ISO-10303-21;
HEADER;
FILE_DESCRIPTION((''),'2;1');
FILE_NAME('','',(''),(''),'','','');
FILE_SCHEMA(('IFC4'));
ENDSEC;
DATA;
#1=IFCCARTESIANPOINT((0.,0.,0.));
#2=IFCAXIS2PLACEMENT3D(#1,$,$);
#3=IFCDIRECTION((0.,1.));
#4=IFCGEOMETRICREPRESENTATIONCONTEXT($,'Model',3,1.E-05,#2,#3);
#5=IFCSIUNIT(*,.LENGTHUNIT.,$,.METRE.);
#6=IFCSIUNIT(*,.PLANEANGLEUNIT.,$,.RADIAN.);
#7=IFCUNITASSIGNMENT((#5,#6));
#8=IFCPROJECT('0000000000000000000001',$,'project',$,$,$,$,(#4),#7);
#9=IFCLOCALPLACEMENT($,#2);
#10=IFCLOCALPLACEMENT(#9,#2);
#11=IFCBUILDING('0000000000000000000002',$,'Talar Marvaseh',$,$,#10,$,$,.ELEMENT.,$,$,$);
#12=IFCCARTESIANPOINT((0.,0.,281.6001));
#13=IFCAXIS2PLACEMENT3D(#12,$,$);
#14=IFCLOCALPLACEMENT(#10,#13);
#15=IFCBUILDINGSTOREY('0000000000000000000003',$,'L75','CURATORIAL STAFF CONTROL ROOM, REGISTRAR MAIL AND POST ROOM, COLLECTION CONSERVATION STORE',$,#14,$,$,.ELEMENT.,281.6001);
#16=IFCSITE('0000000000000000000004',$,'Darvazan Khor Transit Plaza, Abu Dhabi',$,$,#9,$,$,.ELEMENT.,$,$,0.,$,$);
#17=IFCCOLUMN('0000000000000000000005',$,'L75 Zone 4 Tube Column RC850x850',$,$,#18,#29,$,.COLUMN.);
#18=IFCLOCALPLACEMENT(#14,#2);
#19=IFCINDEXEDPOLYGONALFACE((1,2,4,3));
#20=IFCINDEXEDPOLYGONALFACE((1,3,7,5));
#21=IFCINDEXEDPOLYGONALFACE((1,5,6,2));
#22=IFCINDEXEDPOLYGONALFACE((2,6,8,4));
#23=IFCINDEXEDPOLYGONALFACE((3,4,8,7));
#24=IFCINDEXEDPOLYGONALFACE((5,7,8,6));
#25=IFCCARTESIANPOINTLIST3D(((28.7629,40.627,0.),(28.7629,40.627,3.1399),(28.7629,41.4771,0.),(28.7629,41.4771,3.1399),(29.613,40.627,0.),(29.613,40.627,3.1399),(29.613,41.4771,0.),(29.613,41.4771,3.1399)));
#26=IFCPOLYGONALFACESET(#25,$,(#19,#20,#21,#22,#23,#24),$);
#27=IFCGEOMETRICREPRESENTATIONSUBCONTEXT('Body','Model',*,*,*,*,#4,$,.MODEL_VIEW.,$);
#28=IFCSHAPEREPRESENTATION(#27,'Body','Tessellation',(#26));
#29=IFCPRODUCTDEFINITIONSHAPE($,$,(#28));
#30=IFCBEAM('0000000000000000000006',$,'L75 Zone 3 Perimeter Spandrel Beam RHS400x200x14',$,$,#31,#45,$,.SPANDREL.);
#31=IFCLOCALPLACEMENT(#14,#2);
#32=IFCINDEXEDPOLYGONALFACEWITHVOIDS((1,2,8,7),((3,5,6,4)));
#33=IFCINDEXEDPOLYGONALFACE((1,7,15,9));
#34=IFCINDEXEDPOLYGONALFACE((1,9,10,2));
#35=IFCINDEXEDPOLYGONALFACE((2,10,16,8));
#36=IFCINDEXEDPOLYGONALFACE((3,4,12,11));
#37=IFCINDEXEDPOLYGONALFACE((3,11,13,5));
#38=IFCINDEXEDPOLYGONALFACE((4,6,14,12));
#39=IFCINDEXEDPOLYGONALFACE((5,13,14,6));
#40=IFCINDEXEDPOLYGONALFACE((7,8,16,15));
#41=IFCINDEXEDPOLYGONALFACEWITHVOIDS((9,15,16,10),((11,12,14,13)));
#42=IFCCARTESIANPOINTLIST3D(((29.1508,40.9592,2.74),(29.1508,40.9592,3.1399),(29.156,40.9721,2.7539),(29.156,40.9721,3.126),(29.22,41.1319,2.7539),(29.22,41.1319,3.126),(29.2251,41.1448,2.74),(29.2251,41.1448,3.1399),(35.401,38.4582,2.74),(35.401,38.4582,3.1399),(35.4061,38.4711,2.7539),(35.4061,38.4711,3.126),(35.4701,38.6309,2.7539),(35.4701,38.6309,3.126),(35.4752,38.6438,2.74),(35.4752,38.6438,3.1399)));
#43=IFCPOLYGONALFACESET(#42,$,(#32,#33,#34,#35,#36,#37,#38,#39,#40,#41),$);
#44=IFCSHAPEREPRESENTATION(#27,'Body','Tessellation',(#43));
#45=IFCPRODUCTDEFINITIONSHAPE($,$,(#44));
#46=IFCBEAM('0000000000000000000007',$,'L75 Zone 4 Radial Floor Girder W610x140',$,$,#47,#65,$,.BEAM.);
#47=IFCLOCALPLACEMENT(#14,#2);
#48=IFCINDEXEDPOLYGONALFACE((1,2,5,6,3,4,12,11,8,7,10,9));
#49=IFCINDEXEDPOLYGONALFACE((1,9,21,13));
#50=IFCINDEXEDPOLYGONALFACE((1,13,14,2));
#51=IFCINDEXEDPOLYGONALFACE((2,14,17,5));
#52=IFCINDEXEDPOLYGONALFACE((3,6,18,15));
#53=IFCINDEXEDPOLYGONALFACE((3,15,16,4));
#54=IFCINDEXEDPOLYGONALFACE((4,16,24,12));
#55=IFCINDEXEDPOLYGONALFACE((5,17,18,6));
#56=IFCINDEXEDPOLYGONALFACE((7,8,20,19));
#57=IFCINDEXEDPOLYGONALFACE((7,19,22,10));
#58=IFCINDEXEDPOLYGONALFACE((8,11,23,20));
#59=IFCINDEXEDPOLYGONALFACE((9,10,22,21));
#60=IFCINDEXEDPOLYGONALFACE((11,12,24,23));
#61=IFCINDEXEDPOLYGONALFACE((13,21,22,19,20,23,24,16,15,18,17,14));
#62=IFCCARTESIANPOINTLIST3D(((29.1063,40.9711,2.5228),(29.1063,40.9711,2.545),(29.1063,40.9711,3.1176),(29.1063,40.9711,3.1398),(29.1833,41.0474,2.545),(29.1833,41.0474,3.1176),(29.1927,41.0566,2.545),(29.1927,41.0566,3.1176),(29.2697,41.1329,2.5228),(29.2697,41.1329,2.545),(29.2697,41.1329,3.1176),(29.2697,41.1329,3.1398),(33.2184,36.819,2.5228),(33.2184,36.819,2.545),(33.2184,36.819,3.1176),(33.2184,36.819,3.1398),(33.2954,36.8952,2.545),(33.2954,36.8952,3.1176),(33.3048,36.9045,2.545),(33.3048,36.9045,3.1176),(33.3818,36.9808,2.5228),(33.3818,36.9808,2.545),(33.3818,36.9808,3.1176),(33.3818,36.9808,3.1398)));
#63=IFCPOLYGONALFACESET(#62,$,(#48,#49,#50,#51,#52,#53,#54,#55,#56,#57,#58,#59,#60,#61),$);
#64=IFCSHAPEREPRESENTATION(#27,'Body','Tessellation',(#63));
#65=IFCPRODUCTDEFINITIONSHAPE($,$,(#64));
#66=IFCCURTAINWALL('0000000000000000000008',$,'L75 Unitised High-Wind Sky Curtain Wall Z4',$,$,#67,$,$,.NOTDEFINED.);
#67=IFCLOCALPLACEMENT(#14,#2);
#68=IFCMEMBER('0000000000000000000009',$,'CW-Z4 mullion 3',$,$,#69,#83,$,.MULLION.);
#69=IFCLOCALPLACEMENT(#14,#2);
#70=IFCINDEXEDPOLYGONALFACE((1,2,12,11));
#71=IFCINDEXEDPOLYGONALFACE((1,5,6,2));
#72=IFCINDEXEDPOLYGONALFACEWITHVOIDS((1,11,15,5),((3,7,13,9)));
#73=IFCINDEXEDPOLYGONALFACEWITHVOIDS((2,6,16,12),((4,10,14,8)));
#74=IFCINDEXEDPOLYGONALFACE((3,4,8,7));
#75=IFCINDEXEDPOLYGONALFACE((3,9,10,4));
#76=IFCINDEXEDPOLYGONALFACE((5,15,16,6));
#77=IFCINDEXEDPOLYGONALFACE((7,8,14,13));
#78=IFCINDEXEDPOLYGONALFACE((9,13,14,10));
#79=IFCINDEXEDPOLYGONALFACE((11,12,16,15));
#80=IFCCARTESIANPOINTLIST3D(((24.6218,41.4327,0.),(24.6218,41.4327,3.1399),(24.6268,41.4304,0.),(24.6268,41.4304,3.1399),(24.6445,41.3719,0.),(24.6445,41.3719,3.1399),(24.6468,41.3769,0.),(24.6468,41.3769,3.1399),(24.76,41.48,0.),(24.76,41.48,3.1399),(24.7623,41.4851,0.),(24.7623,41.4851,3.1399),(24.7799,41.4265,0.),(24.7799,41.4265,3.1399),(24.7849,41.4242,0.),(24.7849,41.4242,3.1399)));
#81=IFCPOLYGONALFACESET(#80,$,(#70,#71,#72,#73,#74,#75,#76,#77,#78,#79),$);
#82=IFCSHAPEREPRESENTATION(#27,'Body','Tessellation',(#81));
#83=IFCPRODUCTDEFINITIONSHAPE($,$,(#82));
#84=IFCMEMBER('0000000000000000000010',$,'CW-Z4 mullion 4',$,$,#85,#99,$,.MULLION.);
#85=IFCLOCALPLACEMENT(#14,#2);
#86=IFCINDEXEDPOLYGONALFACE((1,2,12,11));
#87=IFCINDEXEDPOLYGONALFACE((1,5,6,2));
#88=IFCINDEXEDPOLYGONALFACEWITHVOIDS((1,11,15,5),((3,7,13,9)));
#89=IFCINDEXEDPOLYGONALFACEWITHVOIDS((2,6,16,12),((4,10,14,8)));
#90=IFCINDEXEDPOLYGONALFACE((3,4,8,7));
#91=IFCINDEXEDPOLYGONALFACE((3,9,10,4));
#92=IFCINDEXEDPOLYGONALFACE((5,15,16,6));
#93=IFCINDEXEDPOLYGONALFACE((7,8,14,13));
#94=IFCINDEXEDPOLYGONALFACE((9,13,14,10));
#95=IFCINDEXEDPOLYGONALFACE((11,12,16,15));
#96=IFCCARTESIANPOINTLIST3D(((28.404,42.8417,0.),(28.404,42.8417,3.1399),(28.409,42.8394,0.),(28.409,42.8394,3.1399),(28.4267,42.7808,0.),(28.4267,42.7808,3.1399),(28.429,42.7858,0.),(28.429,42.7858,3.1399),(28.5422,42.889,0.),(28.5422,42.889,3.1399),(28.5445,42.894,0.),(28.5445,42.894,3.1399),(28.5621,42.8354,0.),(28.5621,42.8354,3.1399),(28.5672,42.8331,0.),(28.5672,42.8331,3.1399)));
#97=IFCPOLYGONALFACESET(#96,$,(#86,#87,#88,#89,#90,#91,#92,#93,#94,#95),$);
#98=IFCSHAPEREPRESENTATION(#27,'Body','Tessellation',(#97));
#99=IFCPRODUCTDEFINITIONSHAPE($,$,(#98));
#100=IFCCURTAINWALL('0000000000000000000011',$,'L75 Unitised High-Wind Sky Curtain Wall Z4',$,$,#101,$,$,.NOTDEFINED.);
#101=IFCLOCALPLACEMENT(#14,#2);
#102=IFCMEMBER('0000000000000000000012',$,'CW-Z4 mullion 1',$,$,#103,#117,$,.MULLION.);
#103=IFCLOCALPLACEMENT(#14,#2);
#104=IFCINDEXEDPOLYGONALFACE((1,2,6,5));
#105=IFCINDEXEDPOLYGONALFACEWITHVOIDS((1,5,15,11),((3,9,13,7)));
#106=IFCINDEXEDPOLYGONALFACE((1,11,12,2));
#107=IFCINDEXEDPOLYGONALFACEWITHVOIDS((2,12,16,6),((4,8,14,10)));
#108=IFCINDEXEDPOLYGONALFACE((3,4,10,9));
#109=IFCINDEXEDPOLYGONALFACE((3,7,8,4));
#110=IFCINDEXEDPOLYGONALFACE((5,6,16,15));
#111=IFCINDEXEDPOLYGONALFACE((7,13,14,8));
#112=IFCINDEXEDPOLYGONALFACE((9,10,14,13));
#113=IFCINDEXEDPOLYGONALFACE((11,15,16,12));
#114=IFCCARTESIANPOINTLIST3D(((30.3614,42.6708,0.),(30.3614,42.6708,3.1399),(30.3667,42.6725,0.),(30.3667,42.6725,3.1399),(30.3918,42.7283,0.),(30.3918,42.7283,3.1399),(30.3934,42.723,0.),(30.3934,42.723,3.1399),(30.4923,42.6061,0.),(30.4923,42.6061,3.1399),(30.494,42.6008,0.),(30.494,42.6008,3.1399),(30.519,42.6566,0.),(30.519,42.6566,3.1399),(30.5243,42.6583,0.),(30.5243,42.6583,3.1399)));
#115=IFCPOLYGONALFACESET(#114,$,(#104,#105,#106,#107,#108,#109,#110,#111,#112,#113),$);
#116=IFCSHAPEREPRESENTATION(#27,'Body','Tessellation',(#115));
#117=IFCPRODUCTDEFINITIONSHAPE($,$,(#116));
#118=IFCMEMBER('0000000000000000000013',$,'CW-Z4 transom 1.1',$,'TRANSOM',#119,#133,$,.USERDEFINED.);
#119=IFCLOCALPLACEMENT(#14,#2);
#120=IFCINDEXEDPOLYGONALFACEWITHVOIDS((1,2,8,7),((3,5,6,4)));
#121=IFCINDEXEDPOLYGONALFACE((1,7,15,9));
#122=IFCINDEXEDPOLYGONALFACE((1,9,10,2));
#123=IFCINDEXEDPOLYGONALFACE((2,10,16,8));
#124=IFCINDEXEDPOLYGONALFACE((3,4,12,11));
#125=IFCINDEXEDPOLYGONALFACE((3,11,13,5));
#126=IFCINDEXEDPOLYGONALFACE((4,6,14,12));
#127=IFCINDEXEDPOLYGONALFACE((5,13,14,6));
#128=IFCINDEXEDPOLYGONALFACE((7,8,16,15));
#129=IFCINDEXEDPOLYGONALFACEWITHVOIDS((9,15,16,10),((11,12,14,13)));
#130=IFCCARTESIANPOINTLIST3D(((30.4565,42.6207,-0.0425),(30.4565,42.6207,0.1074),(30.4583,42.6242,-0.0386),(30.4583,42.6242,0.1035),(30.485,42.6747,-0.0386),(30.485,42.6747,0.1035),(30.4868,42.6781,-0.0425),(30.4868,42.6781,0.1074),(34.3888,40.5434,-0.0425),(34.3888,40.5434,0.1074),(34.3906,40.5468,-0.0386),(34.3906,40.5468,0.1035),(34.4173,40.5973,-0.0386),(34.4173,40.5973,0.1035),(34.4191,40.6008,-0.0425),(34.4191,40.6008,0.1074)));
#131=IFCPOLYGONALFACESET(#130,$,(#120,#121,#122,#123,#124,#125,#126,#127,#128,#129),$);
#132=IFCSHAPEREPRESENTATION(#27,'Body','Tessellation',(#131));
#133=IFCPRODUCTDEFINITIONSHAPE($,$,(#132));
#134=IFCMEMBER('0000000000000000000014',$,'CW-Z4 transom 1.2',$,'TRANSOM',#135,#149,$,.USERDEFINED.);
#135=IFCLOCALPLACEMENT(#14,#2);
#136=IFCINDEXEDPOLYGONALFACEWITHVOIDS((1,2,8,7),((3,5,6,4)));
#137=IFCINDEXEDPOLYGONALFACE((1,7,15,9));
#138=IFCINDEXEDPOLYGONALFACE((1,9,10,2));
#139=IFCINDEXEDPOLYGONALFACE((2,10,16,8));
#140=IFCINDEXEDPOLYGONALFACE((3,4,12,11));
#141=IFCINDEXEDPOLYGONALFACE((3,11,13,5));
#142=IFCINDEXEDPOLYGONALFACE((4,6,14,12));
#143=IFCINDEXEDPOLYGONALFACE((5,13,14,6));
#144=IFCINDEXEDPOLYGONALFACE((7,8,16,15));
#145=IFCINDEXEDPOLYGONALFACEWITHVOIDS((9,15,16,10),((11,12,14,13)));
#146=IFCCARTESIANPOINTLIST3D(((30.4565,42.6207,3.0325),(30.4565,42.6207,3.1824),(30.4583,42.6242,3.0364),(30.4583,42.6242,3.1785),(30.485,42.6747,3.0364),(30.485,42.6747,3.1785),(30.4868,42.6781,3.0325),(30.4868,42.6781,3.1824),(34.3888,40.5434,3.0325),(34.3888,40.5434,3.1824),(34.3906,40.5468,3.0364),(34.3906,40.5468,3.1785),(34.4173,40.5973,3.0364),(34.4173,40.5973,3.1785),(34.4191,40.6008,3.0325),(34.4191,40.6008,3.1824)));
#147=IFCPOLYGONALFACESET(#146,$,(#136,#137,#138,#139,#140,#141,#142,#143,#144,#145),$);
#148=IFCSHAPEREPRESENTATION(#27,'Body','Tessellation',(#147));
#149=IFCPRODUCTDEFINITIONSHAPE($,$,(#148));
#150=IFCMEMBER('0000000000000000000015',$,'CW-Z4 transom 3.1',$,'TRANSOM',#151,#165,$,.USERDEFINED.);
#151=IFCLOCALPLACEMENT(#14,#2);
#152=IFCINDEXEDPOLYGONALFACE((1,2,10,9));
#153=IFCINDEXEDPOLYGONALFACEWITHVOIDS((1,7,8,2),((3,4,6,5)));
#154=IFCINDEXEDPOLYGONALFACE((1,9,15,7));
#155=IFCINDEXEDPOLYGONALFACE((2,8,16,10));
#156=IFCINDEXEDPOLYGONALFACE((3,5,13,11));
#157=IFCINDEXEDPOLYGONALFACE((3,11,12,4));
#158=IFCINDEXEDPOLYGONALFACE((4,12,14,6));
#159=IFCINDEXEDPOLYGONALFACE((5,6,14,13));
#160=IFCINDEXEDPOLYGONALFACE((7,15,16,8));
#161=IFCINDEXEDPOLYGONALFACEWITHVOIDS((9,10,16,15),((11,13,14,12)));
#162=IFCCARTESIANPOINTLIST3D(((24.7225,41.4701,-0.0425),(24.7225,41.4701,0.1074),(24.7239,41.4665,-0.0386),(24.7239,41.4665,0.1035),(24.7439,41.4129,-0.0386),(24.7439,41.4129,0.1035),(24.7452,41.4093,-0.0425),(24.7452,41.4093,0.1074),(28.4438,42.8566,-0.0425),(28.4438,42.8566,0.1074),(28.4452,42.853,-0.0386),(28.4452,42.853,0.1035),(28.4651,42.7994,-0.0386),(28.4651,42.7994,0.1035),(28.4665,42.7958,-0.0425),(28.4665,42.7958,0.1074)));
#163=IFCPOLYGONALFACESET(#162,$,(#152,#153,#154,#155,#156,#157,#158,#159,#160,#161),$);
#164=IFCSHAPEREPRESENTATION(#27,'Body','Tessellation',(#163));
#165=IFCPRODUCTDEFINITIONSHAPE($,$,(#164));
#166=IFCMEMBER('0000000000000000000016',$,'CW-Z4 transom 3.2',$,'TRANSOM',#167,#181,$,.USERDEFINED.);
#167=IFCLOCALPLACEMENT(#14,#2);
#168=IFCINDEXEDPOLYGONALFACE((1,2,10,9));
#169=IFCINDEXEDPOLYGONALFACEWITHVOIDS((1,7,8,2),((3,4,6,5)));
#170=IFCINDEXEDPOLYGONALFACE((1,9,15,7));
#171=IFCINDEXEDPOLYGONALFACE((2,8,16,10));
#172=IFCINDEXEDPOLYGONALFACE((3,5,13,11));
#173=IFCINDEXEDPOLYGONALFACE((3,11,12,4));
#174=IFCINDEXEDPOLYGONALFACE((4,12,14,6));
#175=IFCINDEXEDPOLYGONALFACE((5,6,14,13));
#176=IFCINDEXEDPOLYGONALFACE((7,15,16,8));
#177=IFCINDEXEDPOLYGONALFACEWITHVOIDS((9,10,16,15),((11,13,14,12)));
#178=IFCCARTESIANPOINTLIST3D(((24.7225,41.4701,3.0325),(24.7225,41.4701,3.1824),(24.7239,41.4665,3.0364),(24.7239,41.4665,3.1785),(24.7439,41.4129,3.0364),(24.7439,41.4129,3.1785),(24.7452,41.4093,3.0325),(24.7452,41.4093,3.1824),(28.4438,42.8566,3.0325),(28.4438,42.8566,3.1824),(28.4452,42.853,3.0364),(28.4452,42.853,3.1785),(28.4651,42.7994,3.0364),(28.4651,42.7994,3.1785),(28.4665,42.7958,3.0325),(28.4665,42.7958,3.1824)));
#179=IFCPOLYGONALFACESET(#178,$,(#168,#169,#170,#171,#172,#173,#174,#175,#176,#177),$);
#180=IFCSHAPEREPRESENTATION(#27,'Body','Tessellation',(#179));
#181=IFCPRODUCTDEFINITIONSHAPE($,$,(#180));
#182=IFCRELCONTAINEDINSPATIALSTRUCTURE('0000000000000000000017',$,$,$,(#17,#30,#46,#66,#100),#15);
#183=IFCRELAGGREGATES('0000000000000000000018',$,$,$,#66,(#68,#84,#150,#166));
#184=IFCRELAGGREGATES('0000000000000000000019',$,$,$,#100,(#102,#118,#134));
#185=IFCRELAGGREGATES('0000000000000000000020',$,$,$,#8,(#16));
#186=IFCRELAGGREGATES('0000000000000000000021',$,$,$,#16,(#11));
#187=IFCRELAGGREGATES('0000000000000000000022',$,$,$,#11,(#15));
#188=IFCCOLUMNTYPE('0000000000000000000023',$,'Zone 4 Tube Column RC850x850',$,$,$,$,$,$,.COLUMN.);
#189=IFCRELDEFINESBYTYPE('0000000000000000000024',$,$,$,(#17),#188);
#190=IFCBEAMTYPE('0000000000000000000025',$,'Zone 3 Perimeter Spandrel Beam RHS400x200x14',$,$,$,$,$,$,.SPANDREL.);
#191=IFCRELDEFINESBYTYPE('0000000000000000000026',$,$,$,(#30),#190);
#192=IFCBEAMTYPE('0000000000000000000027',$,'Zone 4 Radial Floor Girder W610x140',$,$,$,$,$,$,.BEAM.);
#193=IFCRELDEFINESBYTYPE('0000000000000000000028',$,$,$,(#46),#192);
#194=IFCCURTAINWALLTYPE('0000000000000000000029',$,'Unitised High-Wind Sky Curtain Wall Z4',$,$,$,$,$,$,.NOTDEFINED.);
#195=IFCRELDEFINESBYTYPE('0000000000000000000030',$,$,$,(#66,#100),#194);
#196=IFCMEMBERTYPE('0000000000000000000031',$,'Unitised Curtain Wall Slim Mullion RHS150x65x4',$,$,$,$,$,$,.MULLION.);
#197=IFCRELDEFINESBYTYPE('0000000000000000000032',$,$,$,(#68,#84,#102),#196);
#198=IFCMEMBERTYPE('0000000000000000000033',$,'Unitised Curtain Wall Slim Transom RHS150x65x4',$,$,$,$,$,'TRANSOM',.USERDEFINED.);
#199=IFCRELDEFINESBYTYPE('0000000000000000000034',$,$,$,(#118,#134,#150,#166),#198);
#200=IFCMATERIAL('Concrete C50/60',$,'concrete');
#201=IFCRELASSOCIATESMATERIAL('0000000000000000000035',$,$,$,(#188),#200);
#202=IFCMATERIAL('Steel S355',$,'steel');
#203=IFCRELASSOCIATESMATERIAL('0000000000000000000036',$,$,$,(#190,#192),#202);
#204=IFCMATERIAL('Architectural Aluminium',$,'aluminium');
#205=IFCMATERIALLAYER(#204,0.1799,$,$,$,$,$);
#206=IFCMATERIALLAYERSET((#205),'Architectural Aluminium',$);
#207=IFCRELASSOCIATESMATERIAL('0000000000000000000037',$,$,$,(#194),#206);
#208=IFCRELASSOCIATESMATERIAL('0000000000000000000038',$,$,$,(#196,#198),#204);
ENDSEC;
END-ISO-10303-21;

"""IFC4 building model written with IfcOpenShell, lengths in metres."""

from ifc_helpers import new_model, si_unit, direction, frame, origin, origin_2d, place, context, subcontext, project, spatial, rectangle, hollow_rectangle, i_section, extrude, source, transform, mapped, material, layer, layer_set, material_profile, profile_set, type_object, type_shapes, element, aggregate, save


model = new_model("IFC4")

# Units and contexts
model_context = context("Model", 3, precision=1e-05, world=origin(), true_north=direction((0.0, 1.0)))
body_context = subcontext(model_context, "Body", "Model", "MODEL_VIEW")
ifc_project = project(units=[si_unit("LENGTHUNIT", "METRE"), si_unit("PLANEANGLEUNIT", "RADIAN")], contexts=[model_context])

# Site, building, storey
site_placement = place(None, origin())
site = spatial("IfcSite", under=ifc_project, at=site_placement, Name="Darvazan Khor Transit Plaza, Abu Dhabi", CompositionType="ELEMENT", RefElevation=0.0)
building_placement = place(site_placement, origin())
building = spatial("IfcBuilding", under=site, at=building_placement, Name="Talar Marvaseh", CompositionType="ELEMENT")
storey_placement = place(building_placement, frame((0.0, 0.0, 281.6001)))
storey = spatial("IfcBuildingStorey", under=building, at=storey_placement, Name="L75", Description="CURATORIAL STAFF CONTROL ROOM, REGISTRAR MAIL AND POST ROOM, COLLECTION CONSERVATION STORE", CompositionType="ELEMENT", Elevation=281.6001)

# Column
ifc_material_1 = material(Name="Concrete C50/60", Category="concrete")
ifc_material_profile_1 = material_profile(ifc_material_1, rectangle(XDim=0.8501, YDim=0.8501, at=origin_2d()), Name="RC850x850")
ifc_profile_set_1 = profile_set([ifc_material_profile_1], Name="Concrete C50/60")
column_type = type_object("IfcColumnType", Name="Zone 4 Tube Column RC850x850", PredefinedType="COLUMN", material=ifc_profile_set_1)
column_placement = place(storey_placement, frame((29.188, 41.052, 0.0), z_axis=(0.0, 0.0, 1.0), x_axis=(1.0, 0.0, 0.0)))
element("IfcColumn", 1, at=column_placement, inside=storey, type_object=column_type, Name="L75 Zone 4 Tube Column RC850x850", PredefinedType="COLUMN", context=body_context, shape_type="SweptSolid", body=[
    extrude(rectangle(XDim=0.8501, YDim=0.8501, at=origin_2d()), origin(), (0.0, 0.0, 1.0), 3.1399),
])

# Beams
ifc_material_2 = material(Name="Steel S355", Category="steel")
ifc_material_profile_2 = material_profile(ifc_material_2, hollow_rectangle(XDim=0.2, YDim=0.3999, WallThickness=0.0139, at=origin_2d()), Name="RHS400x200x14")
ifc_profile_set_2 = profile_set([ifc_material_profile_2], Name="Steel S355")
beam_type_1 = type_object("IfcBeamType", Name="Zone 3 Perimeter Spandrel Beam RHS400x200x14", PredefinedType="SPANDREL", material=ifc_profile_set_2)
beam_1_placement = place(storey_placement, frame((29.188, 41.052, 2.9399), z_axis=(0.928427, -0.371516, 0.0), x_axis=(0.371516, 0.928427, 0.0)))
element("IfcBeam", 2, at=beam_1_placement, inside=storey, type_object=beam_type_1, Name="L75 Zone 3 Perimeter Spandrel Beam RHS400x200x14", PredefinedType="SPANDREL", context=body_context, shape_type="SweptSolid", body=[
    extrude(hollow_rectangle(XDim=0.2, YDim=0.3999, WallThickness=0.0139, at=origin_2d()), origin(), (0.0, 0.0, 1.0), 6.7319),
])
ifc_material_profile_3 = material_profile(ifc_material_2, i_section(OverallWidth=0.23, OverallDepth=0.6169, WebThickness=0.0132, FlangeThickness=0.0222, at=origin_2d()), Name="W610x140")
ifc_profile_set_3 = profile_set([ifc_material_profile_3], Name="Steel S355")
beam_type_2 = type_object("IfcBeamType", Name="Zone 4 Radial Floor Girder W610x140", PredefinedType="BEAM", material=ifc_profile_set_3)
beam_2_placement = place(storey_placement, frame((29.188, 41.052, 2.8313), z_axis=(0.703673, -0.710524, 0.0), x_axis=(0.710524, 0.703673, 0.0)))
element("IfcBeam", 3, at=beam_2_placement, inside=storey, type_object=beam_type_2, Name="L75 Zone 4 Radial Floor Girder W610x140", PredefinedType="BEAM", context=body_context, shape_type="SweptSolid", body=[
    extrude(i_section(OverallWidth=0.23, OverallDepth=0.6169, WebThickness=0.0132, FlangeThickness=0.0222, at=origin_2d()), origin(), (0.0, 0.0, 1.0), 5.8438),
])

# Curtain walls, members
ifc_material_3 = material(Name="Architectural Aluminium", Category="aluminium")
ifc_layer_1 = layer(ifc_material_3, 0.1799)
ifc_layer_set_1 = layer_set([ifc_layer_1], Name="Architectural Aluminium")
curtain_wall_type = type_object("IfcCurtainWallType", Name="Unitised High-Wind Sky Curtain Wall Z4", PredefinedType="NOTDEFINED", material=ifc_layer_set_1)
curtain_wall_1_placement = place(storey_placement, origin())
curtain_wall_1 = element("IfcCurtainWall", 4, at=curtain_wall_1_placement, inside=storey, type_object=curtain_wall_type, Name="L75 Unitised High-Wind Sky Curtain Wall Z4", PredefinedType="NOTDEFINED")
ifc_material_profile_4 = material_profile(ifc_material_3, hollow_rectangle(XDim=0.0649, YDim=0.1499, WallThickness=0.0039, at=origin_2d()), Name="RHS150x65x4")
ifc_profile_set_4 = profile_set([ifc_material_profile_4], Name="Architectural Aluminium")
member_type_1 = type_object("IfcMemberType", Name="Unitised Curtain Wall Slim Mullion RHS150x65x4", PredefinedType="MULLION", material=ifc_profile_set_4)
shared_shape_1 = source(origin(), body_context, "Body", "SweptSolid", [
    extrude(hollow_rectangle(XDim=0.0649, YDim=0.1499, WallThickness=0.0039, at=origin_2d()), origin(), (0.0, 0.0, 1.0), 3.1399),
])
type_shapes(member_type_1, [shared_shape_1])
member_1_placement = place(storey_placement, frame((24.7034, 41.4285, 0.0), z_axis=(0.0, 0.0, 1.0), x_axis=(-0.349094, 0.937088, 0.0)))
member_1 = element("IfcMember", 5, at=member_1_placement, type_object=member_type_1, Name="CW-Z4 mullion 3", PredefinedType="MULLION", context=body_context, shape_type="MappedRepresentation", body=[
    mapped(shared_shape_1, transform((0.0, 0.0, 0.0), x_axis=(1.0, 0.0, 0.0), y_axis=(0.0, 1.0, 0.0), z_axis=(0.0, 0.0, 1.0), scale=1.0)),
])
member_2_placement = place(storey_placement, frame((28.4856, 42.8374, 0.0), z_axis=(0.0, 0.0, 1.0), x_axis=(-0.349094, 0.937088, 0.0)))
member_2 = element("IfcMember", 6, at=member_2_placement, type_object=member_type_1, Name="CW-Z4 mullion 4", PredefinedType="MULLION", context=body_context, shape_type="MappedRepresentation", body=[
    mapped(shared_shape_1, transform((0.0, 0.0, 0.0), x_axis=(1.0, 0.0, 0.0), y_axis=(0.0, 1.0, 0.0), z_axis=(0.0, 0.0, 1.0), scale=1.0)),
])
curtain_wall_2_placement = place(storey_placement, origin())
curtain_wall_2 = element("IfcCurtainWall", 7, at=curtain_wall_2_placement, inside=storey, type_object=curtain_wall_type, Name="L75 Unitised High-Wind Sky Curtain Wall Z4", PredefinedType="NOTDEFINED")
member_3_placement = place(storey_placement, frame((30.4429, 42.6646, 0.0), z_axis=(0.0, 0.0, 1.0), x_axis=(0.467098, 0.884206, 0.0)))
member_3 = element("IfcMember", 8, at=member_3_placement, type_object=member_type_1, Name="CW-Z4 mullion 1", PredefinedType="MULLION", context=body_context, shape_type="MappedRepresentation", body=[
    mapped(shared_shape_1, transform((0.0, 0.0, 0.0), x_axis=(1.0, 0.0, 0.0), y_axis=(0.0, 1.0, 0.0), z_axis=(0.0, 0.0, 1.0), scale=1.0)),
])
ifc_material_profile_5 = material_profile(ifc_material_3, hollow_rectangle(XDim=0.0649, YDim=0.1499, WallThickness=0.0039, at=origin_2d()), Name="RHS150x65x4")
ifc_profile_set_5 = profile_set([ifc_material_profile_5], Name="Architectural Aluminium")
member_type_2 = type_object("IfcMemberType", Name="Unitised Curtain Wall Slim Transom RHS150x65x4", ElementType="TRANSOM", PredefinedType="USERDEFINED", material=ifc_profile_set_5)
shared_shape_2 = source(origin(), body_context, "Body", "SweptSolid", [
    extrude(hollow_rectangle(XDim=0.0649, YDim=0.1499, WallThickness=0.0039, at=origin_2d()), origin(), (0.0, 0.0, 1.0), 4.4473),
])
member_4_placement = place(storey_placement, frame((30.4717, 42.6494, 0.0325), z_axis=(0.884202, -0.467106, 0.0), x_axis=(0.467106, 0.884202, 0.0)))
member_4 = element("IfcMember", 9, at=member_4_placement, type_object=member_type_2, Name="CW-Z4 transom 1.1", ObjectType="TRANSOM", PredefinedType="USERDEFINED", context=body_context, shape_type="MappedRepresentation", body=[
    mapped(shared_shape_2, transform((0.0, 0.0, 0.0), x_axis=(1.0, 0.0, 0.0), y_axis=(0.0, 1.0, 0.0), z_axis=(0.0, 0.0, 1.0), scale=1.0)),
])
member_5_placement = place(storey_placement, frame((30.4717, 42.6494, 3.1074), z_axis=(0.884202, -0.467106, 0.0), x_axis=(0.467106, 0.884202, 0.0)))
member_5 = element("IfcMember", 10, at=member_5_placement, type_object=member_type_2, Name="CW-Z4 transom 1.2", ObjectType="TRANSOM", PredefinedType="USERDEFINED", context=body_context, shape_type="MappedRepresentation", body=[
    mapped(shared_shape_2, transform((0.0, 0.0, 0.0), x_axis=(1.0, 0.0, 0.0), y_axis=(0.0, 1.0, 0.0), z_axis=(0.0, 0.0, 1.0), scale=1.0)),
])

# Members
shared_shape_3 = source(origin(), body_context, "Body", "SweptSolid", [
    extrude(hollow_rectangle(XDim=0.0649, YDim=0.1499, WallThickness=0.0039, at=origin_2d()), origin(), (0.0, 0.0, 1.0), 3.9712),
])
type_shapes(member_type_2, [shared_shape_2, shared_shape_3])
member_6_placement = place(storey_placement, frame((24.7339, 41.4397, 0.0325), z_axis=(0.93707, 0.349142, 0.0), x_axis=(-0.349142, 0.93707, 0.0)))
member_6 = element("IfcMember", 11, at=member_6_placement, type_object=member_type_2, Name="CW-Z4 transom 3.1", ObjectType="TRANSOM", PredefinedType="USERDEFINED", context=body_context, shape_type="MappedRepresentation", body=[
    mapped(shared_shape_3, transform((0.0, 0.0, 0.0), x_axis=(1.0, 0.0, 0.0), y_axis=(0.0, 1.0, 0.0), z_axis=(0.0, 0.0, 1.0), scale=1.0)),
])
member_7_placement = place(storey_placement, frame((24.7339, 41.4397, 3.1074), z_axis=(0.93707, 0.349142, 0.0), x_axis=(-0.349142, 0.93707, 0.0)))
member_7 = element("IfcMember", 12, at=member_7_placement, type_object=member_type_2, Name="CW-Z4 transom 3.2", ObjectType="TRANSOM", PredefinedType="USERDEFINED", context=body_context, shape_type="MappedRepresentation", body=[
    mapped(shared_shape_3, transform((0.0, 0.0, 0.0), x_axis=(1.0, 0.0, 0.0), y_axis=(0.0, 1.0, 0.0), z_axis=(0.0, 0.0, 1.0), scale=1.0)),
])

aggregate(curtain_wall_1, [member_1, member_2, member_6, member_7])
aggregate(curtain_wall_2, [member_3, member_4, member_5])

save(model, "model.ifc")
